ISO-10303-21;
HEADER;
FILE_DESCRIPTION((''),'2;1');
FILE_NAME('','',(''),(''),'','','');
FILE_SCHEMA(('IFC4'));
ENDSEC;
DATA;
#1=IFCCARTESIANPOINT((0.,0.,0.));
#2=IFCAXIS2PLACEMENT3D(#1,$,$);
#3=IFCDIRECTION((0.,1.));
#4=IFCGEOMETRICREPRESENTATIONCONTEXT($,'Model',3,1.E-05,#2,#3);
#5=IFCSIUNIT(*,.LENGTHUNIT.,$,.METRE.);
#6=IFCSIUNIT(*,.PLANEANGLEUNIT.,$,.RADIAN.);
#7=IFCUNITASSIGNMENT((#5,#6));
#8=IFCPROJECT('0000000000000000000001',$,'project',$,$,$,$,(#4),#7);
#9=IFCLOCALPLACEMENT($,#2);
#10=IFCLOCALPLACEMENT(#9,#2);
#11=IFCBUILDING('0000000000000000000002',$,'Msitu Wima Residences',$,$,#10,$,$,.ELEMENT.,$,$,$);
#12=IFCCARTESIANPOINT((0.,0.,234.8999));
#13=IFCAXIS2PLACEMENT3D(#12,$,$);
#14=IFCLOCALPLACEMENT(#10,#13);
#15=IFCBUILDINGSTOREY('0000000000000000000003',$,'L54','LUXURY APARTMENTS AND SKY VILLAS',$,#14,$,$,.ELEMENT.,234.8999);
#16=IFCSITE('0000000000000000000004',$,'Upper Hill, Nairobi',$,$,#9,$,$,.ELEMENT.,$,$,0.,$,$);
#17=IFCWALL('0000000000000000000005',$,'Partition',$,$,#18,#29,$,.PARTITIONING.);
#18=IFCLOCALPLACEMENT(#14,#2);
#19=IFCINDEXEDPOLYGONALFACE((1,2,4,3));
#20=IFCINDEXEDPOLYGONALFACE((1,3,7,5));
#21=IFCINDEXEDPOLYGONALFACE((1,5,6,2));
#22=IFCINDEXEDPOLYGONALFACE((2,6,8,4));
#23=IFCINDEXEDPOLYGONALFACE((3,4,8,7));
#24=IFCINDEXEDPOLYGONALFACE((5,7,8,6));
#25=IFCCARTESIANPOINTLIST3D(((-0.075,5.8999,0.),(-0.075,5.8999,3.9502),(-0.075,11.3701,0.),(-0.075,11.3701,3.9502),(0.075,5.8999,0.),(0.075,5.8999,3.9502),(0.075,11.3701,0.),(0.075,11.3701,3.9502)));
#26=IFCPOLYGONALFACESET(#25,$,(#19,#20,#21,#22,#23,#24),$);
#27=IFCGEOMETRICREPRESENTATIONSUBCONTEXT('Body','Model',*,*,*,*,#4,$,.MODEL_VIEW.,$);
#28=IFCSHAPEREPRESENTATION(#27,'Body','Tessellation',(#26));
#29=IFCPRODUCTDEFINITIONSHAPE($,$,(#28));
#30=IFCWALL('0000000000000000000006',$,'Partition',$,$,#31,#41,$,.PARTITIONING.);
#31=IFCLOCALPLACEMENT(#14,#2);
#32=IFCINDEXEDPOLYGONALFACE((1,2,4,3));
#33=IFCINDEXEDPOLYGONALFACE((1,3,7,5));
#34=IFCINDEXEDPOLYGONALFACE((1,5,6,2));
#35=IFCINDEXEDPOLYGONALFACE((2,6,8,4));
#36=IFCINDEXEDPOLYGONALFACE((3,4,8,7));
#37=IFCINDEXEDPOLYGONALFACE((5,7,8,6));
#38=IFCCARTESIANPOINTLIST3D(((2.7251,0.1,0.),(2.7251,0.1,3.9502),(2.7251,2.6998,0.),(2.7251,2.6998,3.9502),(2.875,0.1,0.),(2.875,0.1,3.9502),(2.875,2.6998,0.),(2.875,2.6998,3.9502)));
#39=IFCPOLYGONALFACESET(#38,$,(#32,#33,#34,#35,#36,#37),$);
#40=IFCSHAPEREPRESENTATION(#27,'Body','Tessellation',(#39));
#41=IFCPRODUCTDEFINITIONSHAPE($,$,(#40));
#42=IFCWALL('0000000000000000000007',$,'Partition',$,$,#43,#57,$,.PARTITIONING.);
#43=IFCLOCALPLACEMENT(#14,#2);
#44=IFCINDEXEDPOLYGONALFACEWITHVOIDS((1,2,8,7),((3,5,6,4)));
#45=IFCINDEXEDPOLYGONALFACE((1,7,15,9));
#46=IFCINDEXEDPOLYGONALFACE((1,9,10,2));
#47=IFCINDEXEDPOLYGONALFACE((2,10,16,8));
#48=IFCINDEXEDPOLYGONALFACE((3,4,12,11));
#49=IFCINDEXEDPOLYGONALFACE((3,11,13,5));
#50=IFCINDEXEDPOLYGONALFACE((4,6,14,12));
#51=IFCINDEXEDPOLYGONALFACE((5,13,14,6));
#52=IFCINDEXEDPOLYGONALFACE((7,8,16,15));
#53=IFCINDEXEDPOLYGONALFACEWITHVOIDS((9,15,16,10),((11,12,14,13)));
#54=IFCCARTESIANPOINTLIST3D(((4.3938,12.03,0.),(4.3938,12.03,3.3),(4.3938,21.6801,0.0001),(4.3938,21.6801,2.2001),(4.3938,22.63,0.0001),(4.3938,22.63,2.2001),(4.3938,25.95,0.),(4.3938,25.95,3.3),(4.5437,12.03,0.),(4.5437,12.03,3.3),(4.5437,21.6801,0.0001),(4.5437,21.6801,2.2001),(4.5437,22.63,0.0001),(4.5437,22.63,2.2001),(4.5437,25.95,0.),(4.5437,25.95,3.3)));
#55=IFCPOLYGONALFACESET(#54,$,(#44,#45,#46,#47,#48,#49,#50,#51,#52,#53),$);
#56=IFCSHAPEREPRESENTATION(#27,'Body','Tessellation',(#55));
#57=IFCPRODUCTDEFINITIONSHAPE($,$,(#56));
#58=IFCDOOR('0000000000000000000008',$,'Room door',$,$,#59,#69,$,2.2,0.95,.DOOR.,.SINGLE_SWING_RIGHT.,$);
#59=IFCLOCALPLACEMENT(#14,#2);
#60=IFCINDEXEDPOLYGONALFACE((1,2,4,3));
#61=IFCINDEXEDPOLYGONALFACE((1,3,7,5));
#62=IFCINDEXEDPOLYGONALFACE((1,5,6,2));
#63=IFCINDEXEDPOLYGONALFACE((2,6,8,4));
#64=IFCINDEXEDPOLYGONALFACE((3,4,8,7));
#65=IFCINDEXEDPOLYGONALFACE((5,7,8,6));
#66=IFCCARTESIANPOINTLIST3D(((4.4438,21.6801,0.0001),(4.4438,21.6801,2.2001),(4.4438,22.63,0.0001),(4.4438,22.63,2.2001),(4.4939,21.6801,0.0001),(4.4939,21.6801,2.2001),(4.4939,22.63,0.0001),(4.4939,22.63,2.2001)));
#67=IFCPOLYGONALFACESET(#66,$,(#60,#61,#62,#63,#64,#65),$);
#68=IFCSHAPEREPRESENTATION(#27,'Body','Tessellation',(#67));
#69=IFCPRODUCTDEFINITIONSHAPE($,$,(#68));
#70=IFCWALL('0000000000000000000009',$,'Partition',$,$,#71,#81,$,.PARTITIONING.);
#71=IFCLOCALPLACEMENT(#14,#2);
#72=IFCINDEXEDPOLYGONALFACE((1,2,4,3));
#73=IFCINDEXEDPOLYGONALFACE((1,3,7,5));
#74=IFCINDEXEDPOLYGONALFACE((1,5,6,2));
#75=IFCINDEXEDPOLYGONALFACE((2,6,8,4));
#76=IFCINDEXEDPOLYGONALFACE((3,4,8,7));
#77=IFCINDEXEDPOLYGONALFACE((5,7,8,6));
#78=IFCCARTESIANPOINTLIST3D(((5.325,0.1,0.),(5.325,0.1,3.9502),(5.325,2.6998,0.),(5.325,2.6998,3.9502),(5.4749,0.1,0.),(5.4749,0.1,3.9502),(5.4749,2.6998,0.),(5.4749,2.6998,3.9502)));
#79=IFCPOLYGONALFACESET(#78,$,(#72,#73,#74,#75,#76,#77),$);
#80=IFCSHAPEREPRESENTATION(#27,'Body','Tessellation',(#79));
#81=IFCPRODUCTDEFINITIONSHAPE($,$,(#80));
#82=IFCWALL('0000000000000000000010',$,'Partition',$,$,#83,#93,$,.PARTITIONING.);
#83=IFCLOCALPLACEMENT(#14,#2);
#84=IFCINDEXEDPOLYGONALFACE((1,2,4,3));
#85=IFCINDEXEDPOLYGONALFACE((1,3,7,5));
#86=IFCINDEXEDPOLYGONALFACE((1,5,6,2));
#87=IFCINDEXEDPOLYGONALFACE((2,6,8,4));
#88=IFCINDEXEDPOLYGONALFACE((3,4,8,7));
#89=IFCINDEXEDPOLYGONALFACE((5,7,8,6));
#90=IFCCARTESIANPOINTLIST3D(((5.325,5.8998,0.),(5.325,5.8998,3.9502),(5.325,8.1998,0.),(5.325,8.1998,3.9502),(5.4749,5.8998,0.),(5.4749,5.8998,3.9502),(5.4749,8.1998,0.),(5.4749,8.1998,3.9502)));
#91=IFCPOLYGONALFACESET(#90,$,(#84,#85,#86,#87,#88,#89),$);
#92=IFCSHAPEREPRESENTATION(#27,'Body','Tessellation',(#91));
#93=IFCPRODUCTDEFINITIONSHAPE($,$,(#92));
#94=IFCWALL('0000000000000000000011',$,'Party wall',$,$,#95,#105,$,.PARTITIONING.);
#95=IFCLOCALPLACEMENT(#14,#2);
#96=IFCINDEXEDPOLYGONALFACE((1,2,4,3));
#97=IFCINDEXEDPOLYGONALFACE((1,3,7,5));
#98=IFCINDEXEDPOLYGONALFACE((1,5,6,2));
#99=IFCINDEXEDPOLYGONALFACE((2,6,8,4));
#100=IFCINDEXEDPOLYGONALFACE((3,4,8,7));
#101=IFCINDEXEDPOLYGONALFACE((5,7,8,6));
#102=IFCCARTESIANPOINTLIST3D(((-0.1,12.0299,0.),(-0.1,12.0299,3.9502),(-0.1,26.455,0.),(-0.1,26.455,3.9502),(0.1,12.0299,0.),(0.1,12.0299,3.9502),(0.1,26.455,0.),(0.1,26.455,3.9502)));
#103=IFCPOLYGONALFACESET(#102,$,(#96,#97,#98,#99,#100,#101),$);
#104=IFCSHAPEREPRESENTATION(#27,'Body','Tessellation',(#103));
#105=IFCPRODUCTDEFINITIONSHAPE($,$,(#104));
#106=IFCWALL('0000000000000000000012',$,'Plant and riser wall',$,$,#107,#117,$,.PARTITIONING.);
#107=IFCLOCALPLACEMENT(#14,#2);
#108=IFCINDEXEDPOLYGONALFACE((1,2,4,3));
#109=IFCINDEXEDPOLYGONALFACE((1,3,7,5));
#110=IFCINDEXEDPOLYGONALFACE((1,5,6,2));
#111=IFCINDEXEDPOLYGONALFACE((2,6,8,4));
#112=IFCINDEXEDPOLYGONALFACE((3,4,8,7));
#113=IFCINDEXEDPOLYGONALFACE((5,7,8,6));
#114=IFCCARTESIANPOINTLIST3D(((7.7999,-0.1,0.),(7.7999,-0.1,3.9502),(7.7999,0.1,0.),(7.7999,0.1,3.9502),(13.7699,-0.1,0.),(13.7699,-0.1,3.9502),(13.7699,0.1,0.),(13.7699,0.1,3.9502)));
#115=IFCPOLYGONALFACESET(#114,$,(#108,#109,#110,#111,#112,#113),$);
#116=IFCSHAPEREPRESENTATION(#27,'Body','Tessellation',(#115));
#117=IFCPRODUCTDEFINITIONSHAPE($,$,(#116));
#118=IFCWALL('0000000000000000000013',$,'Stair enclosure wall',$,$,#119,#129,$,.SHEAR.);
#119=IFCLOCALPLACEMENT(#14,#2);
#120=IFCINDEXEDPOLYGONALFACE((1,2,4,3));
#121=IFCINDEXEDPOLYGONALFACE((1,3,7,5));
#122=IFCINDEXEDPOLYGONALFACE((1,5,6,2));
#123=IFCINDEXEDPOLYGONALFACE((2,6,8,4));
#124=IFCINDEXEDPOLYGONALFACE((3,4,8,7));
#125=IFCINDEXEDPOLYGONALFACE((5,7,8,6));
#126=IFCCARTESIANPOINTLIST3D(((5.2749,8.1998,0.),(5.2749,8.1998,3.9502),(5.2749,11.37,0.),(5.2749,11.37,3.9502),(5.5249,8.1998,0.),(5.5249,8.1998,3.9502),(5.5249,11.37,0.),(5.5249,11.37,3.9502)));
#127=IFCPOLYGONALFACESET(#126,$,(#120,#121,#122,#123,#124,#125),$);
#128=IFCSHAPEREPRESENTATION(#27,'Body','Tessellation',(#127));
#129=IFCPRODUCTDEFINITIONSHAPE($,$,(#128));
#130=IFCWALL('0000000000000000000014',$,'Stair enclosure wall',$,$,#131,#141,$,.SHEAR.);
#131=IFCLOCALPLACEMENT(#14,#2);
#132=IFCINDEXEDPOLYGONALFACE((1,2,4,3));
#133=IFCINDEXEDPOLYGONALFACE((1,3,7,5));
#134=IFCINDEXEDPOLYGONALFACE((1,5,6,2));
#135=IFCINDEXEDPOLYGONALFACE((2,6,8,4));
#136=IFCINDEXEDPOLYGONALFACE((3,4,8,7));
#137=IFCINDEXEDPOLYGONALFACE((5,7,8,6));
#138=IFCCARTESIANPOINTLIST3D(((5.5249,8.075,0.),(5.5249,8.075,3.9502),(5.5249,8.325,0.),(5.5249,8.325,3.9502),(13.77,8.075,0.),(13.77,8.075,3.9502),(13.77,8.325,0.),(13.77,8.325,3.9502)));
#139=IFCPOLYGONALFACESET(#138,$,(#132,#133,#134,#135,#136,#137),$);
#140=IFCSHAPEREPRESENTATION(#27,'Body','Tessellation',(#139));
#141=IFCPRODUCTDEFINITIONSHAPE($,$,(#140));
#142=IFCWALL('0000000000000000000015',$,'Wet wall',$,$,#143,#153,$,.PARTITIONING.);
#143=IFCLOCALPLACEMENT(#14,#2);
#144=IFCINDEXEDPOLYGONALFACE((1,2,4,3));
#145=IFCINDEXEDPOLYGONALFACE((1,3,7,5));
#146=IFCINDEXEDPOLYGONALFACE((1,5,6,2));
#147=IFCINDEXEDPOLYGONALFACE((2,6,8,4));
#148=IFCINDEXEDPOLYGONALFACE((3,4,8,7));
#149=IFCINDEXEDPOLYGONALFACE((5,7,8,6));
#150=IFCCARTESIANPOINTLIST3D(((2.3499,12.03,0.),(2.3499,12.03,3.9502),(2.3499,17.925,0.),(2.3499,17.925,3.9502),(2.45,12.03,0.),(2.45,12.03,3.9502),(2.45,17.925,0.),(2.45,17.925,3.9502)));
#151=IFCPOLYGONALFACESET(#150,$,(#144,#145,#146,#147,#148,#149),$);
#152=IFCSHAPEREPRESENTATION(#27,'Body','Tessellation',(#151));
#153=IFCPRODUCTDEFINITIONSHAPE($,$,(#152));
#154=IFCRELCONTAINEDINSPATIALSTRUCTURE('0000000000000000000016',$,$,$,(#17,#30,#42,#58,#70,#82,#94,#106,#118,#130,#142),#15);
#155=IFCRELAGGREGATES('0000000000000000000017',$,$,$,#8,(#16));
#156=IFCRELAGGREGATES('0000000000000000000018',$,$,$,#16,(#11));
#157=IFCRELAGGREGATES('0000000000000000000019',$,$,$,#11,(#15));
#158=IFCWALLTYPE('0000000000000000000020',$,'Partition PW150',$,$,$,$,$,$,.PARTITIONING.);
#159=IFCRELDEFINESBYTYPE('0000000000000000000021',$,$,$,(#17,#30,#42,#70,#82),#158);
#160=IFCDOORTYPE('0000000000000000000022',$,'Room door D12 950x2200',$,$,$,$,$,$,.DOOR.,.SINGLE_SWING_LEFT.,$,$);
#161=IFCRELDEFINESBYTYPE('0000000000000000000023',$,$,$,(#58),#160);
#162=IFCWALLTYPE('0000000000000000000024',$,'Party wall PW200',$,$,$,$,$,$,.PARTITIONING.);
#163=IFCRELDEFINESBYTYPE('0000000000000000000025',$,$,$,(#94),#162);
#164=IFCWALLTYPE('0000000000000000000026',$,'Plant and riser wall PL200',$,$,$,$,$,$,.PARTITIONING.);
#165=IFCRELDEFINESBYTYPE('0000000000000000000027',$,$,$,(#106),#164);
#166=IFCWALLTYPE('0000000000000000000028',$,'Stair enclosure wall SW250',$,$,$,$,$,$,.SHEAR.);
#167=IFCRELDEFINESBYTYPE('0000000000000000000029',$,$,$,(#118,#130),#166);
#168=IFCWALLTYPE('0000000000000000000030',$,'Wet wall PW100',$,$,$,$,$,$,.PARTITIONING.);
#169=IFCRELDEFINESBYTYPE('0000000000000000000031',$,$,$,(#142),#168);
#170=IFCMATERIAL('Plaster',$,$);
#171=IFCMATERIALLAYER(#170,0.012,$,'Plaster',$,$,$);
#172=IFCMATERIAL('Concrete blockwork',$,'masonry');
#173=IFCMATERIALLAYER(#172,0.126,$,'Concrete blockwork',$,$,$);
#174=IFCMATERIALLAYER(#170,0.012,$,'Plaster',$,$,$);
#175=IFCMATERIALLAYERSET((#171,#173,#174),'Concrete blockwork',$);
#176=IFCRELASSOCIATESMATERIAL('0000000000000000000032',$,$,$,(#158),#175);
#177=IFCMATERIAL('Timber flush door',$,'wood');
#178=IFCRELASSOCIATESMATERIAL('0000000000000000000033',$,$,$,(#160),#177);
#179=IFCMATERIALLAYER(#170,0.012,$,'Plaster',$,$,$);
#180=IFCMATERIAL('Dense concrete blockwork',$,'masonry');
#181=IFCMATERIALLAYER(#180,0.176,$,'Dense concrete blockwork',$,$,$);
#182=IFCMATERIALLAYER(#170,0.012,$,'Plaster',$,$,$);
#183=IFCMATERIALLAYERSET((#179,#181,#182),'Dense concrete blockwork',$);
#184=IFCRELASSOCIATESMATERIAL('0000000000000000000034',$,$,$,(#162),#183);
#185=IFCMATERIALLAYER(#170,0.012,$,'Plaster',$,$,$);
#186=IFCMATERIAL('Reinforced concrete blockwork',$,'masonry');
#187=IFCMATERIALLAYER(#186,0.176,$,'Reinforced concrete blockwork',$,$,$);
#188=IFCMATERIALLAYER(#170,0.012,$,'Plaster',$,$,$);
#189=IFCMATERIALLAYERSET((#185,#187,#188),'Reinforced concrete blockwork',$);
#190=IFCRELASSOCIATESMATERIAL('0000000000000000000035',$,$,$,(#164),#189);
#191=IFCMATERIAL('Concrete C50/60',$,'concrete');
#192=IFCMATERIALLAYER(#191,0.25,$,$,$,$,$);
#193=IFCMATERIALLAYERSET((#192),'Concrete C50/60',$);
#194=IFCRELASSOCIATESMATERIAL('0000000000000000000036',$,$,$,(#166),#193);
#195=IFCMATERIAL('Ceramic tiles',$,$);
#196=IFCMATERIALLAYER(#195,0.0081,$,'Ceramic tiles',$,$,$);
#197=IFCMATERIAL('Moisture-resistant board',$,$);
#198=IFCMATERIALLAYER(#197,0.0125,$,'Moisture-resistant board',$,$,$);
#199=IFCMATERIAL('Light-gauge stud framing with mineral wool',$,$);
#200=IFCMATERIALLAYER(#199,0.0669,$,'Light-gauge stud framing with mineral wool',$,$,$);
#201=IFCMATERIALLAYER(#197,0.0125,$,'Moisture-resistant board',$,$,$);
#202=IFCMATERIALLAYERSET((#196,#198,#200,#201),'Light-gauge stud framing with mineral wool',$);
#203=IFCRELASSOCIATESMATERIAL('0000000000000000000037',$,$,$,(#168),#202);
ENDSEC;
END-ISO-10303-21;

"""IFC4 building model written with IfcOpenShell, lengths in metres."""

from ifc_helpers import new_model, si_unit, direction, frame, frame_2d, origin, place, context, subcontext, project, spatial, rectangle, extrude, material, layer, layer_set, type_object, element, fill, save


model = new_model("IFC4")

# Units and contexts
model_context = context("Model", 3, precision=1e-05, world=origin(), true_north=direction((0.0, 1.0)))
body_context = subcontext(model_context, "Body", "Model", "MODEL_VIEW")
ifc_project = project(units=[si_unit("LENGTHUNIT", "METRE"), si_unit("PLANEANGLEUNIT", "RADIAN")], contexts=[model_context])

# Site, building, storey
site_placement = place(None, origin())
site = spatial("IfcSite", under=ifc_project, at=site_placement, Name="Upper Hill, Nairobi", CompositionType="ELEMENT", RefElevation=0.0)
building_placement = place(site_placement, origin())
building = spatial("IfcBuilding", under=site, at=building_placement, Name="Msitu Wima Residences", CompositionType="ELEMENT")
storey_placement = place(building_placement, frame((0.0, 0.0, 234.8999)))
storey = spatial("IfcBuildingStorey", under=building, at=storey_placement, Name="L54", Description="LUXURY APARTMENTS AND SKY VILLAS", CompositionType="ELEMENT", Elevation=234.8999)

# Walls
ifc_material_1 = material(Name="Plaster")
ifc_layer_1 = layer(ifc_material_1, 0.012, Name="Plaster")
ifc_material_2 = material(Name="Concrete blockwork", Category="masonry")
ifc_layer_2 = layer(ifc_material_2, 0.126, Name="Concrete blockwork")
ifc_layer_3 = layer(ifc_material_1, 0.012, Name="Plaster")
ifc_layer_set_1 = layer_set([ifc_layer_1, ifc_layer_2, ifc_layer_3], Name="Concrete blockwork")
wall_type_1 = type_object("IfcWallType", Name="Partition PW150", PredefinedType="PARTITIONING", material=ifc_layer_set_1)
wall_1_placement = place(storey_placement, frame((0.0, 5.8999, 0.0), z_axis=(0.0, 0.0, 1.0), x_axis=(0.0, 1.0, 0.0)))
element("IfcWall", 1, at=wall_1_placement, inside=storey, type_object=wall_type_1, Name="Partition", PredefinedType="PARTITIONING", context=body_context, shape_type="SweptSolid", body=[
    extrude(rectangle(XDim=5.4702, YDim=0.1499, at=frame_2d((2.7351, 0.0))), origin(), (0.0, 0.0, 1.0), 3.9502),
])
wall_2_placement = place(storey_placement, frame((2.8, 0.1001, 0.0), z_axis=(0.0, 0.0, 1.0), x_axis=(0.0, 1.0, 0.0)))
element("IfcWall", 2, at=wall_2_placement, inside=storey, type_object=wall_type_1, Name="Partition", PredefinedType="PARTITIONING", context=body_context, shape_type="SweptSolid", body=[
    extrude(rectangle(XDim=2.5999, YDim=0.1499, at=frame_2d((1.2998, 0.0))), origin(), (0.0, 0.0, 1.0), 3.9502),
])

# Wall, opening, door
wall_3_placement = place(storey_placement, frame((4.4688, 12.03, 0.0), z_axis=(0.0, 0.0, 1.0), x_axis=(0.0, 1.0, 0.0)))
wall_3 = element("IfcWall", 3, at=wall_3_placement, inside=storey, type_object=wall_type_1, Name="Partition", PredefinedType="PARTITIONING", context=body_context, shape_type="SweptSolid", body=[
    extrude(rectangle(XDim=13.9199, YDim=0.1499, at=frame_2d((6.96, 0.0))), origin(), (0.0, 0.0, 1.0), 3.3),
])
opening_placement = place(wall_3_placement, frame((9.6499, 0.0, 0.0)))
opening = element("IfcOpeningElement", 4, at=opening_placement, cuts=wall_3, PredefinedType="OPENING", context=body_context, shape_type="SweptSolid", body=[
    extrude(rectangle(XDim=0.95, YDim=2.2, at=frame_2d((0.4751, 1.1001))), frame((0.0, 0.085, 0.0), z_axis=(0.0, -1.0, 0.0), x_axis=(1.0, 0.0, 0.0)), (0.0, 0.0, 1.0), 0.1699),
])
ifc_material_3 = material(Name="Timber flush door", Category="wood")
door_type = type_object("IfcDoorType", Name="Room door D12 950x2200", OperationType="SINGLE_SWING_LEFT", PredefinedType="DOOR", material=ifc_material_3)
door_placement = place(opening_placement, origin())
door = element("IfcDoor", 5, at=door_placement, inside=storey, type_object=door_type, Name="Room door", OperationType="SINGLE_SWING_RIGHT", OverallHeight=2.2, OverallWidth=0.95, PredefinedType="DOOR", context=body_context, shape_type="SweptSolid", body=[
    extrude(rectangle(XDim=0.95, YDim=2.2, at=frame_2d((0.4751, 1.1001))), frame((0.0, 0.0249, 0.0), z_axis=(0.0, -1.0, 0.0), x_axis=(1.0, 0.0, 0.0)), (0.0, 0.0, 1.0), 0.05),
])
fill(opening, door)

# Walls
wall_4_placement = place(storey_placement, frame((5.3999, 0.1001, 0.0), z_axis=(0.0, 0.0, 1.0), x_axis=(0.0, 1.0, 0.0)))
element("IfcWall", 6, at=wall_4_placement, inside=storey, type_object=wall_type_1, Name="Partition", PredefinedType="PARTITIONING", context=body_context, shape_type="SweptSolid", body=[
    extrude(rectangle(XDim=2.5999, YDim=0.1499, at=frame_2d((1.2998, 0.0))), origin(), (0.0, 0.0, 1.0), 3.9502),
])
wall_5_placement = place(storey_placement, frame((5.3999, 5.8999, 0.0), z_axis=(0.0, 0.0, 1.0), x_axis=(0.0, 1.0, 0.0)))
element("IfcWall", 7, at=wall_5_placement, inside=storey, type_object=wall_type_1, Name="Partition", PredefinedType="PARTITIONING", context=body_context, shape_type="SweptSolid", body=[
    extrude(rectangle(XDim=2.3, YDim=0.1499, at=frame_2d((1.1499, 0.0))), origin(), (0.0, 0.0, 1.0), 3.9502),
])
ifc_layer_4 = layer(ifc_material_1, 0.012, Name="Plaster")
ifc_material_4 = material(Name="Dense concrete blockwork", Category="masonry")
ifc_layer_5 = layer(ifc_material_4, 0.176, Name="Dense concrete blockwork")
ifc_layer_6 = layer(ifc_material_1, 0.012, Name="Plaster")
ifc_layer_set_2 = layer_set([ifc_layer_4, ifc_layer_5, ifc_layer_6], Name="Dense concrete blockwork")
wall_type_2 = type_object("IfcWallType", Name="Party wall PW200", PredefinedType="PARTITIONING", material=ifc_layer_set_2)
wall_6_placement = place(storey_placement, frame((0.0, 12.03, 0.0), z_axis=(0.0, 0.0, 1.0), x_axis=(0.0, 1.0, 0.0)))
element("IfcWall", 8, at=wall_6_placement, inside=storey, type_object=wall_type_2, Name="Party wall", PredefinedType="PARTITIONING", context=body_context, shape_type="SweptSolid", body=[
    extrude(rectangle(XDim=14.425, YDim=0.2, at=frame_2d((7.2124, 0.0))), origin(), (0.0, 0.0, 1.0), 3.9502),
])
ifc_layer_7 = layer(ifc_material_1, 0.012, Name="Plaster")
ifc_material_5 = material(Name="Reinforced concrete blockwork", Category="masonry")
ifc_layer_8 = layer(ifc_material_5, 0.176, Name="Reinforced concrete blockwork")
ifc_layer_9 = layer(ifc_material_1, 0.012, Name="Plaster")
ifc_layer_set_3 = layer_set([ifc_layer_7, ifc_layer_8, ifc_layer_9], Name="Reinforced concrete blockwork")
wall_type_3 = type_object("IfcWallType", Name="Plant and riser wall PL200", PredefinedType="PARTITIONING", material=ifc_layer_set_3)
wall_7_placement = place(storey_placement, frame((7.8, 0.0, 0.0), z_axis=(0.0, 0.0, 1.0), x_axis=(1.0, 0.0, 0.0)))
element("IfcWall", 9, at=wall_7_placement, inside=storey, type_object=wall_type_3, Name="Plant and riser wall", PredefinedType="PARTITIONING", context=body_context, shape_type="SweptSolid", body=[
    extrude(rectangle(XDim=5.97, YDim=0.2, at=frame_2d((2.9849, 0.0))), origin(), (0.0, 0.0, 1.0), 3.9502),
])
ifc_material_6 = material(Name="Concrete C50/60", Category="concrete")
ifc_layer_10 = layer(ifc_material_6, 0.25)
ifc_layer_set_4 = layer_set([ifc_layer_10], Name="Concrete C50/60")
wall_type_4 = type_object("IfcWallType", Name="Stair enclosure wall SW250", PredefinedType="SHEAR", material=ifc_layer_set_4)
wall_8_placement = place(storey_placement, frame((5.3999, 8.2, 0.0), z_axis=(0.0, 0.0, 1.0), x_axis=(0.0, 1.0, 0.0)))
element("IfcWall", 10, at=wall_8_placement, inside=storey, type_object=wall_type_4, Name="Stair enclosure wall", PredefinedType="SHEAR", context=body_context, shape_type="SweptSolid", body=[
    extrude(rectangle(XDim=3.1702, YDim=0.25, at=frame_2d((1.585, 0.0))), origin(), (0.0, 0.0, 1.0), 3.9502),
])
wall_9_placement = place(storey_placement, frame((5.5249, 8.2, 0.0), z_axis=(0.0, 0.0, 1.0), x_axis=(1.0, 0.0, 0.0)))
element("IfcWall", 11, at=wall_9_placement, inside=storey, type_object=wall_type_4, Name="Stair enclosure wall", PredefinedType="SHEAR", context=body_context, shape_type="SweptSolid", body=[
    extrude(rectangle(XDim=8.2451, YDim=0.25, at=frame_2d((4.1226, 0.0))), origin(), (0.0, 0.0, 1.0), 3.9502),
])
ifc_material_7 = material(Name="Ceramic tiles")
ifc_layer_11 = layer(ifc_material_7, 0.0081, Name="Ceramic tiles")
ifc_material_8 = material(Name="Moisture-resistant board")
ifc_layer_12 = layer(ifc_material_8, 0.0125, Name="Moisture-resistant board")
ifc_material_9 = material(Name="Light-gauge stud framing with mineral wool")
ifc_layer_13 = layer(ifc_material_9, 0.0669, Name="Light-gauge stud framing with mineral wool")
ifc_layer_14 = layer(ifc_material_8, 0.0125, Name="Moisture-resistant board")
ifc_layer_set_5 = layer_set([ifc_layer_11, ifc_layer_12, ifc_layer_13, ifc_layer_14], Name="Light-gauge stud framing with mineral wool")
wall_type_5 = type_object("IfcWallType", Name="Wet wall PW100", PredefinedType="PARTITIONING", material=ifc_layer_set_5)
wall_10_placement = place(storey_placement, frame((2.3999, 12.03, 0.0), z_axis=(0.0, 0.0, 1.0), x_axis=(0.0, 1.0, 0.0)))
element("IfcWall", 12, at=wall_10_placement, inside=storey, type_object=wall_type_5, Name="Wet wall", PredefinedType="PARTITIONING", context=body_context, shape_type="SweptSolid", body=[
    extrude(rectangle(XDim=5.895, YDim=0.1001, at=frame_2d((2.9475, 0.0))), origin(), (0.0, 0.0, 1.0), 3.9502),
])

save(model, "model.ifc")
